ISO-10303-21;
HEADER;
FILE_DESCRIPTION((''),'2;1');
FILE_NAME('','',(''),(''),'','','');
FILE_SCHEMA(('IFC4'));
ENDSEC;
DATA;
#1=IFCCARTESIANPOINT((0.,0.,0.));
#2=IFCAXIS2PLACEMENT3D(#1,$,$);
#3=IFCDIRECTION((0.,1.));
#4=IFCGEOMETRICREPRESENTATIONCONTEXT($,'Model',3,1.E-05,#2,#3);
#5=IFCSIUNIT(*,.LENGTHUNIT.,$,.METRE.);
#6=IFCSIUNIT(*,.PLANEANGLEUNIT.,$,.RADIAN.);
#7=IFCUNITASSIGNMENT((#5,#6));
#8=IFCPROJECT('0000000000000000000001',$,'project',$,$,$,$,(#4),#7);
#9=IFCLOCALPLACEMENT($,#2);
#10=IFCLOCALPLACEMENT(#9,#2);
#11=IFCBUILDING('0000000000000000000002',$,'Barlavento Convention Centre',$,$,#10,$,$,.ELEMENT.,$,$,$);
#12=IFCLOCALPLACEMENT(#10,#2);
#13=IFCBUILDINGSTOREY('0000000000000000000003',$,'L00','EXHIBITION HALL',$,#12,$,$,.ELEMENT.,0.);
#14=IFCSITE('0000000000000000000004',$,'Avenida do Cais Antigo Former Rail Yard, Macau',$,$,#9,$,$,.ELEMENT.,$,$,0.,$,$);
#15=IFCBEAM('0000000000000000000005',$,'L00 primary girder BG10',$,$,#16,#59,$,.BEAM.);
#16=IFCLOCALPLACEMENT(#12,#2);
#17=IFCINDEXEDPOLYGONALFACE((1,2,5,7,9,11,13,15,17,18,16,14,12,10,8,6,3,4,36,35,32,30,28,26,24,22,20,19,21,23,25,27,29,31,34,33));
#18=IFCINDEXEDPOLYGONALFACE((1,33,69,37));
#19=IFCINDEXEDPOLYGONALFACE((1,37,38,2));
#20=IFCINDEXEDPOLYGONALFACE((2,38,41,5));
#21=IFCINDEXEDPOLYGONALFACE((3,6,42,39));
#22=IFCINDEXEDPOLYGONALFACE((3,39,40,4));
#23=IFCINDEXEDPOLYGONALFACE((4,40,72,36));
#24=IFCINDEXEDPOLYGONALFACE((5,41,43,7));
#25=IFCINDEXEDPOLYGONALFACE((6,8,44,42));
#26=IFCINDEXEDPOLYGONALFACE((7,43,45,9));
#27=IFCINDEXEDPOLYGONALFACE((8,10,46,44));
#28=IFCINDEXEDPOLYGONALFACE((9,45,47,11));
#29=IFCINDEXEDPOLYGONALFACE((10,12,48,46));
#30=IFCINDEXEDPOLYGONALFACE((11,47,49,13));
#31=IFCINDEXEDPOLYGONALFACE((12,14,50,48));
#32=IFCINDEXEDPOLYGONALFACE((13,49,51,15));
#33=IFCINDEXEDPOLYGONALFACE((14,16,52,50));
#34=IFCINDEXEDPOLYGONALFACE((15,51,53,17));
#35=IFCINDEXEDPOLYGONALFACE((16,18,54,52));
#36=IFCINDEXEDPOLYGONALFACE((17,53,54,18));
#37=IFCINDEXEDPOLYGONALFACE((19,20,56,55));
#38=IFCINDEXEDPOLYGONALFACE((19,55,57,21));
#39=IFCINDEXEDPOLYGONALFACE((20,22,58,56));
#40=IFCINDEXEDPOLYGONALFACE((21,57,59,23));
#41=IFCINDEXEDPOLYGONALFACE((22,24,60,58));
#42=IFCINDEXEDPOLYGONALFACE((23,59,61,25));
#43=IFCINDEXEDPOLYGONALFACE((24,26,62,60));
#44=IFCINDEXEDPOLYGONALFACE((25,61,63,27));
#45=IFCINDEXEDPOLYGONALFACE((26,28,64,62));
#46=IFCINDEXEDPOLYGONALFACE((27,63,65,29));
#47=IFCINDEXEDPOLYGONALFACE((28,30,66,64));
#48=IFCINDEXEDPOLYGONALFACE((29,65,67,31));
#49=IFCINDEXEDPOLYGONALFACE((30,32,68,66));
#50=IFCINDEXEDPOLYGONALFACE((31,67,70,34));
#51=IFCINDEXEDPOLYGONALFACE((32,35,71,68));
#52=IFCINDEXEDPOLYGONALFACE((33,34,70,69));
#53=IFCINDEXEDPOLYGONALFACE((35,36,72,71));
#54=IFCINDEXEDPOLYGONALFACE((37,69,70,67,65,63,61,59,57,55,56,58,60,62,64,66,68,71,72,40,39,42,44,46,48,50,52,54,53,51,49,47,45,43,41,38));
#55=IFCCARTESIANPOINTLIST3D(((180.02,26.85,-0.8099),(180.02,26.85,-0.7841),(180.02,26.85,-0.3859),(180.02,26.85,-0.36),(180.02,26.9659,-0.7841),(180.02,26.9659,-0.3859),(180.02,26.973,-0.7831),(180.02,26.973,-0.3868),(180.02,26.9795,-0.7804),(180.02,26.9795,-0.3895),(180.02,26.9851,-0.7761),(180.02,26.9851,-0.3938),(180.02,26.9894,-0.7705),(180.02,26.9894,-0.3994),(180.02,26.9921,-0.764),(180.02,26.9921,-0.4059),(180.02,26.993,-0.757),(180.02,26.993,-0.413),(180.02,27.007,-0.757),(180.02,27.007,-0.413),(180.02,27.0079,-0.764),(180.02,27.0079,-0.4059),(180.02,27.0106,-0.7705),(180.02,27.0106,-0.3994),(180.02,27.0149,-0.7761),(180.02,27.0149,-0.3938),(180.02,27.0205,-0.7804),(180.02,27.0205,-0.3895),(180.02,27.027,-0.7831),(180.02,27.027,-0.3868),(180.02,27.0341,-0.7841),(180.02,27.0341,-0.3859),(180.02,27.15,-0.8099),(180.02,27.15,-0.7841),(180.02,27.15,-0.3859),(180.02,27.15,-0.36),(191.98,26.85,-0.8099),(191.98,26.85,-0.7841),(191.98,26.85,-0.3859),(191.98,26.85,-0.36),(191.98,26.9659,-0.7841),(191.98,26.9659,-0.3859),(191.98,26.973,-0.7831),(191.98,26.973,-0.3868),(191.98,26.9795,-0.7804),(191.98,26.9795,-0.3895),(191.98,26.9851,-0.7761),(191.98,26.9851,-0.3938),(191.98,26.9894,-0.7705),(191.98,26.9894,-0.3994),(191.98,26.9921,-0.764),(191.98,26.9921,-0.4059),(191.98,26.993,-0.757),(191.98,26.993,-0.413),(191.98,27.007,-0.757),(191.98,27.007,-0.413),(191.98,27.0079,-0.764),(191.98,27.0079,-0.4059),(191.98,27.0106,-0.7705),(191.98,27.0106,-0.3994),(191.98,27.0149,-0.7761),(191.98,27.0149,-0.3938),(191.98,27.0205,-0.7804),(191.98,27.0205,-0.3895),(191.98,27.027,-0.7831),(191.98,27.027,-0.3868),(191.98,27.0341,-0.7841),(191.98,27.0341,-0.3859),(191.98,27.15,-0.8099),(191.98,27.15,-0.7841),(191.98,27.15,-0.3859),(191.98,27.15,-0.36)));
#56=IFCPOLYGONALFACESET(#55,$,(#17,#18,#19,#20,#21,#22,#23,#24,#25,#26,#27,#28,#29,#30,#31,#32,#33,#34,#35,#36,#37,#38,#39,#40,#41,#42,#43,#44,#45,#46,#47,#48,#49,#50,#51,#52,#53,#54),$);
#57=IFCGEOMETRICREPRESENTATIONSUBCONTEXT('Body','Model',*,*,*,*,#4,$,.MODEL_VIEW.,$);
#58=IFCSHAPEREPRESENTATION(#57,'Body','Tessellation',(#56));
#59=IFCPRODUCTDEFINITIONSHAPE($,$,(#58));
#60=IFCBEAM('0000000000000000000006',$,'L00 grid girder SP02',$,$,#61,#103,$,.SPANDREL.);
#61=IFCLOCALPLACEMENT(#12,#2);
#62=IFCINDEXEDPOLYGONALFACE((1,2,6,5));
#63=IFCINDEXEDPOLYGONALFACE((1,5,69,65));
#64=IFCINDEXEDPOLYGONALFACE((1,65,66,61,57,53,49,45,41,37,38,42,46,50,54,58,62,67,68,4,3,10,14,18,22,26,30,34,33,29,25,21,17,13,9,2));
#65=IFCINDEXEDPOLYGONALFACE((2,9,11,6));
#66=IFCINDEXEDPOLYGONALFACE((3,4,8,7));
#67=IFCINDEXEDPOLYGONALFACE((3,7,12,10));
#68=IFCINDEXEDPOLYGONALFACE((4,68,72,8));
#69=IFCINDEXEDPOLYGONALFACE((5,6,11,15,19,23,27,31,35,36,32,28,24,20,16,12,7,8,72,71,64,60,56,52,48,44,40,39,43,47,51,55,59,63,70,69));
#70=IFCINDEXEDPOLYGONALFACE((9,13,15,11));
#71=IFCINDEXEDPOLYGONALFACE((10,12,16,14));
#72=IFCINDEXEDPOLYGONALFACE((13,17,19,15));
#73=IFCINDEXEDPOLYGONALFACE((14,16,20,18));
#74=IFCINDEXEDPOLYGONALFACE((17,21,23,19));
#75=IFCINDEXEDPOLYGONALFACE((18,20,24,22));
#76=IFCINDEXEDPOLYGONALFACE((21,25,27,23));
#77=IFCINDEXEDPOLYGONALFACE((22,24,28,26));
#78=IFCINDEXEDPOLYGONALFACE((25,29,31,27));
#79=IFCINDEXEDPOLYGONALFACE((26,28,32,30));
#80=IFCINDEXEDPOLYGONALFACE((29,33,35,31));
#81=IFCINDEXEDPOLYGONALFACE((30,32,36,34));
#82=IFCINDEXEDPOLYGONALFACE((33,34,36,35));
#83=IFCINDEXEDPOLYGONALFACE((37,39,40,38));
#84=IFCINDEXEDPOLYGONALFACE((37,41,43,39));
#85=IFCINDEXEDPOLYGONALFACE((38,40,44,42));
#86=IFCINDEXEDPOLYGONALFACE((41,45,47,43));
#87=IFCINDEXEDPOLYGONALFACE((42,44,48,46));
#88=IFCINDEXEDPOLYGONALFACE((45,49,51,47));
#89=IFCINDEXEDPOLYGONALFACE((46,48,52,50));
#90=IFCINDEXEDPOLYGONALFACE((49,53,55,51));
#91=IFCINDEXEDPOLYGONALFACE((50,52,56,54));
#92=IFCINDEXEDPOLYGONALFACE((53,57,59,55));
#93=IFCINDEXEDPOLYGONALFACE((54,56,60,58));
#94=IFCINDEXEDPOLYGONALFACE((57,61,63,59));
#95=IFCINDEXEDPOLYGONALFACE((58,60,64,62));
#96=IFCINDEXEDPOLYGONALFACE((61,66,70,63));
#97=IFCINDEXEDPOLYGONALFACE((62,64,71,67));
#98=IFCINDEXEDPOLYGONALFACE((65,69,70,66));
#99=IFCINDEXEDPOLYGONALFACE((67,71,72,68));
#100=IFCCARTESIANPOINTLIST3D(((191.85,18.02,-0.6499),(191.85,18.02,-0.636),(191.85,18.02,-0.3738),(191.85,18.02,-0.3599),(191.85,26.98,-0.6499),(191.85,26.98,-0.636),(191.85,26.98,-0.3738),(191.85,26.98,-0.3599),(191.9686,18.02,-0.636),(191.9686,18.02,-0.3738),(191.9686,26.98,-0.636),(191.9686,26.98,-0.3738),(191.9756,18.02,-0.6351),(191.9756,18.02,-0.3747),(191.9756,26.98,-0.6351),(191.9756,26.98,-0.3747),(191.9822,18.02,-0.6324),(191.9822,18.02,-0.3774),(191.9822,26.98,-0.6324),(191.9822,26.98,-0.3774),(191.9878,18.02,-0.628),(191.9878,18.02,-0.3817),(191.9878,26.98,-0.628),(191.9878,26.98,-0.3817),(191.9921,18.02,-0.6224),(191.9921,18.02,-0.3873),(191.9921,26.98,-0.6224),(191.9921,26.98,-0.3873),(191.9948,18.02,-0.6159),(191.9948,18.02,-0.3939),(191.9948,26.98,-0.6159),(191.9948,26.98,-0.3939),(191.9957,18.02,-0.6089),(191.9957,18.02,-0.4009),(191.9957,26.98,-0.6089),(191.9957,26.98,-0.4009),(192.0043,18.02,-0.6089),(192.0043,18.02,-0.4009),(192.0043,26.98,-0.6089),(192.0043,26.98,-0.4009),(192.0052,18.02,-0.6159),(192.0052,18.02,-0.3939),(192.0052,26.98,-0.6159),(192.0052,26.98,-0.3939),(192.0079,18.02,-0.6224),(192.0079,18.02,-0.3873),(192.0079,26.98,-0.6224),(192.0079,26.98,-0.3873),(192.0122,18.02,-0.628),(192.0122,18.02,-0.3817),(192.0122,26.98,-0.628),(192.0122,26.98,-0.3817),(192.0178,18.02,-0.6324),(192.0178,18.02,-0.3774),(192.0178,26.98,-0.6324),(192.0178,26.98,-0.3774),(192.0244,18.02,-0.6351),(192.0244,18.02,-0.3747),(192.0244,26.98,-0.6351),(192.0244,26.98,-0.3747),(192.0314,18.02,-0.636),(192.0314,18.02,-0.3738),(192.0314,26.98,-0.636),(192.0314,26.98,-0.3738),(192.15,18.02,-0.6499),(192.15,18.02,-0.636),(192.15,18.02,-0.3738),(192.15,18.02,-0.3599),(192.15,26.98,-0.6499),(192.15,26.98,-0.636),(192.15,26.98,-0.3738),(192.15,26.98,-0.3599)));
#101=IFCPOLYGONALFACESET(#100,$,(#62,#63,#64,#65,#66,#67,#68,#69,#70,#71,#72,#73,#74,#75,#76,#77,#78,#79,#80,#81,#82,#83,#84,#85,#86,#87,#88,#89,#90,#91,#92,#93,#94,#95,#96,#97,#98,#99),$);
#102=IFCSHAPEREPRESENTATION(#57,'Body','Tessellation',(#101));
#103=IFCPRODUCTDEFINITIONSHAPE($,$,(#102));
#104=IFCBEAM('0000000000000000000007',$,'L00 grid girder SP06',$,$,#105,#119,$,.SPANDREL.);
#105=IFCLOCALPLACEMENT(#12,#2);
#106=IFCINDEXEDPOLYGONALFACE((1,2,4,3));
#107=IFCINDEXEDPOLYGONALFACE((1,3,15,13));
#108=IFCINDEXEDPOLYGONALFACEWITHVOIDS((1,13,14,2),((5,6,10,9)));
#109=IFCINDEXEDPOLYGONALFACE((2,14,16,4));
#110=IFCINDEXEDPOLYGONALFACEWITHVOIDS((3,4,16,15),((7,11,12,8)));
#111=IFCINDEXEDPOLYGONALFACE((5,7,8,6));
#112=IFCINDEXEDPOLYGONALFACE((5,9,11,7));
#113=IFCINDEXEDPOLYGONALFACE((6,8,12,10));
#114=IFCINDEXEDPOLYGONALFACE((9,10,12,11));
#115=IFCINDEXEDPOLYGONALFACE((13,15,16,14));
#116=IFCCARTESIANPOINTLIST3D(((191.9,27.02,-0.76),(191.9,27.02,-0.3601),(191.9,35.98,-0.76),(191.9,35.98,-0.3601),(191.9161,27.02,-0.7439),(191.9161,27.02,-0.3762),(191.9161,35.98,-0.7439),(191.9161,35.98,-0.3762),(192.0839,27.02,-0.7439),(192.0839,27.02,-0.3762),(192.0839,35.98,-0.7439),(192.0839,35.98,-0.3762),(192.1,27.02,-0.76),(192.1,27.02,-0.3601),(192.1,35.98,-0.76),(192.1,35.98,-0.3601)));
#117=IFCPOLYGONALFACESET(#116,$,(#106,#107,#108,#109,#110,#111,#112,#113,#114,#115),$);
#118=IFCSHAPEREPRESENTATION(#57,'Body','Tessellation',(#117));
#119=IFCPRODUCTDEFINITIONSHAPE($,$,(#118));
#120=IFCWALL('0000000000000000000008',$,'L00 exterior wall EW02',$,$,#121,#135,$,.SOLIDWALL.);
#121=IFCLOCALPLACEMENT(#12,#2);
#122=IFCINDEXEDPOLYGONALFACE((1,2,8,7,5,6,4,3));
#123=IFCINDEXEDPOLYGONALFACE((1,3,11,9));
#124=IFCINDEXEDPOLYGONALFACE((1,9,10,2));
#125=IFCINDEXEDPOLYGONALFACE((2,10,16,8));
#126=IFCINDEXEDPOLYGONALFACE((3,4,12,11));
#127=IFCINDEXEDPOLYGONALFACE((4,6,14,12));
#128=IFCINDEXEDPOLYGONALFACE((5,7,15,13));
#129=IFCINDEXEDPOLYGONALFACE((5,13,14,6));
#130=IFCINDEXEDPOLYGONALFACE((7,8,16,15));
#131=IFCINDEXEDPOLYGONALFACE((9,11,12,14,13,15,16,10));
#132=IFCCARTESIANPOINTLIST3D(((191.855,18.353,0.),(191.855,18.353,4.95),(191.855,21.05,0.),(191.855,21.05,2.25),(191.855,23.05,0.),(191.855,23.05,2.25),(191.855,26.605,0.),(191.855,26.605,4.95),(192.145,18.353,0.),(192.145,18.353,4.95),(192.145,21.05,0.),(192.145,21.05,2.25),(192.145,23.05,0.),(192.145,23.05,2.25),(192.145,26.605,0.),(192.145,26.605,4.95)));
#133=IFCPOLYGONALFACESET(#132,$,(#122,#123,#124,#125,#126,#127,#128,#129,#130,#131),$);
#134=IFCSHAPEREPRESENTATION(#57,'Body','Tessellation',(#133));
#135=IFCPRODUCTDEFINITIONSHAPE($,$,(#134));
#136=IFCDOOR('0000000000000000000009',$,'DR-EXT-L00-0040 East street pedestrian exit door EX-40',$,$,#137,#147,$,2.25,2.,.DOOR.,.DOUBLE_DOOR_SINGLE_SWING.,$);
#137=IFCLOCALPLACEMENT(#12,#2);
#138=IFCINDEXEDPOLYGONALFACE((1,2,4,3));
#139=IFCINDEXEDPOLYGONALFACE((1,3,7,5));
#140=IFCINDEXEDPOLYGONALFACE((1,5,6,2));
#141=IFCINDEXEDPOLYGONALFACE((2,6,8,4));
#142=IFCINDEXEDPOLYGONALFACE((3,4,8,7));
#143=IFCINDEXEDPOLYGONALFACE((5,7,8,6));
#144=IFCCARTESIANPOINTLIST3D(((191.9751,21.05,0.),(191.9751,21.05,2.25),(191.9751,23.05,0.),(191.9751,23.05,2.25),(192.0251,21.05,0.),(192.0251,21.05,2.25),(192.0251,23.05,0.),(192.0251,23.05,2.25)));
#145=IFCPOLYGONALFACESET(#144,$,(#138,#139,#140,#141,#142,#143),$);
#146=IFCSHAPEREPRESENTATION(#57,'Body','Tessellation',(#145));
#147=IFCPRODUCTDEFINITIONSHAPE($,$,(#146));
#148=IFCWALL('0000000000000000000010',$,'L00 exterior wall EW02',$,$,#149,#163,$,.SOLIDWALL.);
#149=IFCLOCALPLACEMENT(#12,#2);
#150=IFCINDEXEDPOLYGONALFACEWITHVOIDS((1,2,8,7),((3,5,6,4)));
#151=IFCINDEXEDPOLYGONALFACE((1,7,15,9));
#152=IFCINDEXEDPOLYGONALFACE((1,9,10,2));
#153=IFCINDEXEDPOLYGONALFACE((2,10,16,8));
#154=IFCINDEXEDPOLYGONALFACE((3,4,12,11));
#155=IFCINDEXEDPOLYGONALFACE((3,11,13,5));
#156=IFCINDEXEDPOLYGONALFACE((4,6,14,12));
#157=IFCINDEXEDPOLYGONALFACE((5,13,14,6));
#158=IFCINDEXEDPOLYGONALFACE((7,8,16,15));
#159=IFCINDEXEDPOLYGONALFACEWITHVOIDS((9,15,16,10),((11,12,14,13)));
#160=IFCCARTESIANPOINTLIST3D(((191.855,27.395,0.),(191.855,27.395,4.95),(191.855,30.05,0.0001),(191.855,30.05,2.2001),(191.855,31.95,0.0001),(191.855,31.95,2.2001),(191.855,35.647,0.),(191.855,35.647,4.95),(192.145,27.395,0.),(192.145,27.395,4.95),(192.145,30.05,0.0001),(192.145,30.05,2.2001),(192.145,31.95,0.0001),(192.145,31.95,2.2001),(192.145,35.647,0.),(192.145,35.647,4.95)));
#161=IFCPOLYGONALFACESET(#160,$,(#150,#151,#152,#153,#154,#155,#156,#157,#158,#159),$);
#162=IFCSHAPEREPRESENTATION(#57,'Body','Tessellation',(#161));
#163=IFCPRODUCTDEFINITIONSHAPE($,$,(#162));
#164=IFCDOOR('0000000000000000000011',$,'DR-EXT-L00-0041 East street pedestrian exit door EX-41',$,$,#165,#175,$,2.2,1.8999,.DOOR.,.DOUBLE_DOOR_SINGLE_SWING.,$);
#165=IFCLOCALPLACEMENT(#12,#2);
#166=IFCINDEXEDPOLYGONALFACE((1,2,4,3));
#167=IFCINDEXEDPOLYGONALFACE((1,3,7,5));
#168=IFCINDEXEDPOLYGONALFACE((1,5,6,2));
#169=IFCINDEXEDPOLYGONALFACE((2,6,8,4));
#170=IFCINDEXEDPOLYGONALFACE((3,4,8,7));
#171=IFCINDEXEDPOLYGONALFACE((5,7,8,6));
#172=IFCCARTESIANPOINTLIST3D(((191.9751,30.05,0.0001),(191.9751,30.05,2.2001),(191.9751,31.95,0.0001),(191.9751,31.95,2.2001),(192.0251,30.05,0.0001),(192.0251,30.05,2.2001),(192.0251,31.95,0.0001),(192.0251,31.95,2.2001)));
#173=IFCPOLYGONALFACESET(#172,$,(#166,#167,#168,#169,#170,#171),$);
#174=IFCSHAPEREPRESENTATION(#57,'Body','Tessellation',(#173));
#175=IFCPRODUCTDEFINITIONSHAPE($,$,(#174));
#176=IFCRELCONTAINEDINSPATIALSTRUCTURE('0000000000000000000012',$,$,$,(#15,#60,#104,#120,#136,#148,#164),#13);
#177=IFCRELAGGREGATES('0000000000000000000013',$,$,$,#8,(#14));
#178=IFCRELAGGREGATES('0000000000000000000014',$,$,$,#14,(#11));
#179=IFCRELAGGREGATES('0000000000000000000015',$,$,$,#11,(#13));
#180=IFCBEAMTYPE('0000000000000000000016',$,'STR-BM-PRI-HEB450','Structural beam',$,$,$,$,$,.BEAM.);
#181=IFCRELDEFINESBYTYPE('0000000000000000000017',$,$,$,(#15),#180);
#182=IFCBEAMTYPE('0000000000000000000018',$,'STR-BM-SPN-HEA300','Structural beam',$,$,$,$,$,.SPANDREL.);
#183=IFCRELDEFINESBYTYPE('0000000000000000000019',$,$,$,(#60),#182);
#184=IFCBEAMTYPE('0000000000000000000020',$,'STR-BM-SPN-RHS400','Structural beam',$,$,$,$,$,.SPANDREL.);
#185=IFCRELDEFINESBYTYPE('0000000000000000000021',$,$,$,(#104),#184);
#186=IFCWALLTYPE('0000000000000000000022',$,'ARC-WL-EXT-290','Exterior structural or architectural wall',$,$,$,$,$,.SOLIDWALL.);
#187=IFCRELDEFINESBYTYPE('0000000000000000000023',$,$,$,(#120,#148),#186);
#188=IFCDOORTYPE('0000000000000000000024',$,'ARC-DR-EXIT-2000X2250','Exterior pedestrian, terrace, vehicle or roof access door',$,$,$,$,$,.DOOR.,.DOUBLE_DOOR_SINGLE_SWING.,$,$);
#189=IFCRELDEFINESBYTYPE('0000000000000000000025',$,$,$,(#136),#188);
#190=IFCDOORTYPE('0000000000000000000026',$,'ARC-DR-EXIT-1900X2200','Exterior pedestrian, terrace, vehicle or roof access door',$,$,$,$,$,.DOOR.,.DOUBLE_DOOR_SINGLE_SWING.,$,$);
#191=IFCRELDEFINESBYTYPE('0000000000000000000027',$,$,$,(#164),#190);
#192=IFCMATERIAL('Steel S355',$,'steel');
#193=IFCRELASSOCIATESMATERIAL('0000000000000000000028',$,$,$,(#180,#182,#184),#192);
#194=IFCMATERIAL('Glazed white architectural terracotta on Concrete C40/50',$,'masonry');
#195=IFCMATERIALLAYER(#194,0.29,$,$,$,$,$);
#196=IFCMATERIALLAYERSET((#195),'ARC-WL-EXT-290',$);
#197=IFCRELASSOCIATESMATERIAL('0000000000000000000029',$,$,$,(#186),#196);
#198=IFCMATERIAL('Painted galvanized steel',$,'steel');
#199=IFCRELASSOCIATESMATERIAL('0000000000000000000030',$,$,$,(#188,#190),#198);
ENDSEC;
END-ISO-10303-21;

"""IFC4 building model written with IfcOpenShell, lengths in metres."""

from ifc_helpers import new_model, si_unit, direction, frame, frame_2d, origin, origin_2d, place, context, subcontext, project, spatial, rectangle, hollow_rectangle, i_section, extrude, material, layer, layer_set, material_profile, profile_set, type_object, element, fill, save


model = new_model("IFC4")

# Units and contexts
model_context = context("Model", 3, precision=1e-05, world=origin(), true_north=direction((0.0, 1.0)))
body_context = subcontext(model_context, "Body", "Model", "MODEL_VIEW")
ifc_project = project(units=[si_unit("LENGTHUNIT", "METRE"), si_unit("PLANEANGLEUNIT", "RADIAN")], contexts=[model_context])

# Site, building, storey
site_placement = place(None, origin())
site = spatial("IfcSite", under=ifc_project, at=site_placement, Name="Avenida do Cais Antigo Former Rail Yard, Macau", CompositionType="ELEMENT", RefElevation=0.0)
building_placement = place(site_placement, origin())
building = spatial("IfcBuilding", under=site, at=building_placement, Name="Barlavento Convention Centre", CompositionType="ELEMENT")
storey_placement = place(building_placement, origin())
storey = spatial("IfcBuildingStorey", under=building, at=storey_placement, Name="L00", Description="EXHIBITION HALL", CompositionType="ELEMENT", Elevation=0.0)

# Beams
ifc_material_1 = material(Name="Steel S355", Category="steel")
ifc_material_profile_1 = material_profile(ifc_material_1, i_section(OverallWidth=0.3, OverallDepth=0.45, WebThickness=0.0139, FlangeThickness=0.0259, FilletRadius=0.0271, at=origin_2d()), Name="HEB 450")
ifc_profile_set_1 = profile_set([ifc_material_profile_1], Name="Steel S355")
beam_type_1 = type_object("IfcBeamType", Name="STR-BM-PRI-HEB450", Description="Structural beam", PredefinedType="BEAM", material=ifc_profile_set_1)
beam_1_placement = place(storey_placement, frame((180.02, 27.0, -0.585), z_axis=(1.0, 0.0, 0.0), x_axis=(0.0, 1.0, 0.0)))
element("IfcBeam", 1, at=beam_1_placement, inside=storey, type_object=beam_type_1, Name="L00 primary girder BG10", PredefinedType="BEAM", context=body_context, shape_type="SweptSolid", body=[
    extrude(i_section(OverallWidth=0.3, OverallDepth=0.45, WebThickness=0.0139, FlangeThickness=0.0259, FilletRadius=0.0271, at=origin_2d()), origin(), (0.0, 0.0, 1.0), 11.96),
])
ifc_material_profile_2 = material_profile(ifc_material_1, i_section(OverallWidth=0.3, OverallDepth=0.29, WebThickness=0.0085, FlangeThickness=0.0139, FilletRadius=0.0271, at=origin_2d()), Name="HEA 300")
ifc_profile_set_2 = profile_set([ifc_material_profile_2], Name="Steel S355")
beam_type_2 = type_object("IfcBeamType", Name="STR-BM-SPN-HEA300", Description="Structural beam", PredefinedType="SPANDREL", material=ifc_profile_set_2)
beam_2_placement = place(storey_placement, frame((192.0, 18.02, -0.5049), z_axis=(0.0, 1.0, 0.0), x_axis=(-1.0, 0.0, 0.0)))
element("IfcBeam", 2, at=beam_2_placement, inside=storey, type_object=beam_type_2, Name="L00 grid girder SP02", PredefinedType="SPANDREL", context=body_context, shape_type="SweptSolid", body=[
    extrude(i_section(OverallWidth=0.3, OverallDepth=0.29, WebThickness=0.0085, FlangeThickness=0.0139, FilletRadius=0.0271, at=origin_2d()), origin(), (0.0, 0.0, 1.0), 8.96),
])
ifc_material_profile_3 = material_profile(ifc_material_1, hollow_rectangle(XDim=0.2, YDim=0.3999, WallThickness=0.0161, at=origin_2d()), Name="RHS 400x200x16.0")
ifc_profile_set_3 = profile_set([ifc_material_profile_3], Name="Steel S355")
beam_type_3 = type_object("IfcBeamType", Name="STR-BM-SPN-RHS400", Description="Structural beam", PredefinedType="SPANDREL", material=ifc_profile_set_3)
beam_3_placement = place(storey_placement, frame((192.0, 27.02, -0.5601), z_axis=(0.0, 1.0, 0.0), x_axis=(-1.0, 0.0, 0.0)))
element("IfcBeam", 3, at=beam_3_placement, inside=storey, type_object=beam_type_3, Name="L00 grid girder SP06", PredefinedType="SPANDREL", context=body_context, shape_type="SweptSolid", body=[
    extrude(hollow_rectangle(XDim=0.2, YDim=0.3999, WallThickness=0.0161, at=origin_2d()), origin(), (0.0, 0.0, 1.0), 8.96),
])

# Walls, openings, doors
ifc_material_2 = material(Name="Glazed white architectural terracotta on Concrete C40/50", Category="masonry")
ifc_layer_1 = layer(ifc_material_2, 0.29)
ifc_layer_set_1 = layer_set([ifc_layer_1], Name="ARC-WL-EXT-290")
wall_type_1 = type_object("IfcWallType", Name="ARC-WL-EXT-290", Description="Exterior structural or architectural wall", PredefinedType="SOLIDWALL", material=ifc_layer_set_1)
wall_1_placement = place(storey_placement, frame((192.0, 18.353, 0.0), z_axis=(0.0, 0.0, 1.0), x_axis=(0.0, 1.0, 0.0)))
wall_1 = element("IfcWall", 4, at=wall_1_placement, inside=storey, type_object=wall_type_1, Name="L00 exterior wall EW02", PredefinedType="SOLIDWALL", context=body_context, shape_type="SweptSolid", body=[
    extrude(rectangle(XDim=8.252, YDim=0.29, at=frame_2d((4.126, 0.0))), origin(), (0.0, 0.0, 1.0), 4.95),
])
opening_1_placement = place(wall_1_placement, frame((2.697, 0.0, 0.0)))
opening_1 = element("IfcOpeningElement", 5, at=opening_1_placement, cuts=wall_1, PredefinedType="OPENING", context=body_context, shape_type="SweptSolid", body=[
    extrude(rectangle(XDim=2.0, YDim=2.25, at=frame_2d((1.0, 1.125))), frame((0.0, 0.155, 0.0), z_axis=(0.0, -1.0, 0.0), x_axis=(1.0, 0.0, 0.0)), (0.0, 0.0, 1.0), 0.3101),
])
ifc_material_3 = material(Name="Painted galvanized steel", Category="steel")
door_type_1 = type_object("IfcDoorType", Name="ARC-DR-EXIT-2000X2250", Description="Exterior pedestrian, terrace, vehicle or roof access door", OperationType="DOUBLE_DOOR_SINGLE_SWING", PredefinedType="DOOR", material=ifc_material_3)
door_1_placement = place(opening_1_placement, origin())
door_1 = element("IfcDoor", 6, at=door_1_placement, inside=storey, type_object=door_type_1, Name="DR-EXT-L00-0040 East street pedestrian exit door EX-40", OperationType="DOUBLE_DOOR_SINGLE_SWING", OverallHeight=2.25, OverallWidth=2.0, PredefinedType="DOOR", context=body_context, shape_type="SweptSolid", body=[
    extrude(rectangle(XDim=2.0, YDim=2.25, at=frame_2d((1.0, 1.125))), frame((0.0, 0.0249, 0.0), z_axis=(0.0, -1.0, 0.0), x_axis=(1.0, 0.0, 0.0)), (0.0, 0.0, 1.0), 0.05),
])
fill(opening_1, door_1)
wall_2_placement = place(storey_placement, frame((192.0, 27.395, 0.0), z_axis=(0.0, 0.0, 1.0), x_axis=(0.0, 1.0, 0.0)))
wall_2 = element("IfcWall", 7, at=wall_2_placement, inside=storey, type_object=wall_type_1, Name="L00 exterior wall EW02", PredefinedType="SOLIDWALL", context=body_context, shape_type="SweptSolid", body=[
    extrude(rectangle(XDim=8.252, YDim=0.29, at=frame_2d((4.126, 0.0))), origin(), (0.0, 0.0, 1.0), 4.95),
])
opening_2_placement = place(wall_2_placement, frame((2.655, 0.0, 0.0)))
opening_2 = element("IfcOpeningElement", 8, at=opening_2_placement, cuts=wall_2, PredefinedType="OPENING", context=body_context, shape_type="SweptSolid", body=[
    extrude(rectangle(XDim=1.8999, YDim=2.2, at=frame_2d((0.95, 1.1001))), frame((0.0, 0.155, 0.0), z_axis=(0.0, -1.0, 0.0), x_axis=(1.0, 0.0, 0.0)), (0.0, 0.0, 1.0), 0.3101),
])
door_type_2 = type_object("IfcDoorType", Name="ARC-DR-EXIT-1900X2200", Description="Exterior pedestrian, terrace, vehicle or roof access door", OperationType="DOUBLE_DOOR_SINGLE_SWING", PredefinedType="DOOR", material=ifc_material_3)
door_2_placement = place(opening_2_placement, origin())
door_2 = element("IfcDoor", 9, at=door_2_placement, inside=storey, type_object=door_type_2, Name="DR-EXT-L00-0041 East street pedestrian exit door EX-41", OperationType="DOUBLE_DOOR_SINGLE_SWING", OverallHeight=2.2, OverallWidth=1.8999, PredefinedType="DOOR", context=body_context, shape_type="SweptSolid", body=[
    extrude(rectangle(XDim=1.8999, YDim=2.2, at=frame_2d((0.95, 1.1001))), frame((0.0, 0.0249, 0.0), z_axis=(0.0, -1.0, 0.0), x_axis=(1.0, 0.0, 0.0)), (0.0, 0.0, 1.0), 0.05),
])
fill(opening_2, door_2)

save(model, "model.ifc")
